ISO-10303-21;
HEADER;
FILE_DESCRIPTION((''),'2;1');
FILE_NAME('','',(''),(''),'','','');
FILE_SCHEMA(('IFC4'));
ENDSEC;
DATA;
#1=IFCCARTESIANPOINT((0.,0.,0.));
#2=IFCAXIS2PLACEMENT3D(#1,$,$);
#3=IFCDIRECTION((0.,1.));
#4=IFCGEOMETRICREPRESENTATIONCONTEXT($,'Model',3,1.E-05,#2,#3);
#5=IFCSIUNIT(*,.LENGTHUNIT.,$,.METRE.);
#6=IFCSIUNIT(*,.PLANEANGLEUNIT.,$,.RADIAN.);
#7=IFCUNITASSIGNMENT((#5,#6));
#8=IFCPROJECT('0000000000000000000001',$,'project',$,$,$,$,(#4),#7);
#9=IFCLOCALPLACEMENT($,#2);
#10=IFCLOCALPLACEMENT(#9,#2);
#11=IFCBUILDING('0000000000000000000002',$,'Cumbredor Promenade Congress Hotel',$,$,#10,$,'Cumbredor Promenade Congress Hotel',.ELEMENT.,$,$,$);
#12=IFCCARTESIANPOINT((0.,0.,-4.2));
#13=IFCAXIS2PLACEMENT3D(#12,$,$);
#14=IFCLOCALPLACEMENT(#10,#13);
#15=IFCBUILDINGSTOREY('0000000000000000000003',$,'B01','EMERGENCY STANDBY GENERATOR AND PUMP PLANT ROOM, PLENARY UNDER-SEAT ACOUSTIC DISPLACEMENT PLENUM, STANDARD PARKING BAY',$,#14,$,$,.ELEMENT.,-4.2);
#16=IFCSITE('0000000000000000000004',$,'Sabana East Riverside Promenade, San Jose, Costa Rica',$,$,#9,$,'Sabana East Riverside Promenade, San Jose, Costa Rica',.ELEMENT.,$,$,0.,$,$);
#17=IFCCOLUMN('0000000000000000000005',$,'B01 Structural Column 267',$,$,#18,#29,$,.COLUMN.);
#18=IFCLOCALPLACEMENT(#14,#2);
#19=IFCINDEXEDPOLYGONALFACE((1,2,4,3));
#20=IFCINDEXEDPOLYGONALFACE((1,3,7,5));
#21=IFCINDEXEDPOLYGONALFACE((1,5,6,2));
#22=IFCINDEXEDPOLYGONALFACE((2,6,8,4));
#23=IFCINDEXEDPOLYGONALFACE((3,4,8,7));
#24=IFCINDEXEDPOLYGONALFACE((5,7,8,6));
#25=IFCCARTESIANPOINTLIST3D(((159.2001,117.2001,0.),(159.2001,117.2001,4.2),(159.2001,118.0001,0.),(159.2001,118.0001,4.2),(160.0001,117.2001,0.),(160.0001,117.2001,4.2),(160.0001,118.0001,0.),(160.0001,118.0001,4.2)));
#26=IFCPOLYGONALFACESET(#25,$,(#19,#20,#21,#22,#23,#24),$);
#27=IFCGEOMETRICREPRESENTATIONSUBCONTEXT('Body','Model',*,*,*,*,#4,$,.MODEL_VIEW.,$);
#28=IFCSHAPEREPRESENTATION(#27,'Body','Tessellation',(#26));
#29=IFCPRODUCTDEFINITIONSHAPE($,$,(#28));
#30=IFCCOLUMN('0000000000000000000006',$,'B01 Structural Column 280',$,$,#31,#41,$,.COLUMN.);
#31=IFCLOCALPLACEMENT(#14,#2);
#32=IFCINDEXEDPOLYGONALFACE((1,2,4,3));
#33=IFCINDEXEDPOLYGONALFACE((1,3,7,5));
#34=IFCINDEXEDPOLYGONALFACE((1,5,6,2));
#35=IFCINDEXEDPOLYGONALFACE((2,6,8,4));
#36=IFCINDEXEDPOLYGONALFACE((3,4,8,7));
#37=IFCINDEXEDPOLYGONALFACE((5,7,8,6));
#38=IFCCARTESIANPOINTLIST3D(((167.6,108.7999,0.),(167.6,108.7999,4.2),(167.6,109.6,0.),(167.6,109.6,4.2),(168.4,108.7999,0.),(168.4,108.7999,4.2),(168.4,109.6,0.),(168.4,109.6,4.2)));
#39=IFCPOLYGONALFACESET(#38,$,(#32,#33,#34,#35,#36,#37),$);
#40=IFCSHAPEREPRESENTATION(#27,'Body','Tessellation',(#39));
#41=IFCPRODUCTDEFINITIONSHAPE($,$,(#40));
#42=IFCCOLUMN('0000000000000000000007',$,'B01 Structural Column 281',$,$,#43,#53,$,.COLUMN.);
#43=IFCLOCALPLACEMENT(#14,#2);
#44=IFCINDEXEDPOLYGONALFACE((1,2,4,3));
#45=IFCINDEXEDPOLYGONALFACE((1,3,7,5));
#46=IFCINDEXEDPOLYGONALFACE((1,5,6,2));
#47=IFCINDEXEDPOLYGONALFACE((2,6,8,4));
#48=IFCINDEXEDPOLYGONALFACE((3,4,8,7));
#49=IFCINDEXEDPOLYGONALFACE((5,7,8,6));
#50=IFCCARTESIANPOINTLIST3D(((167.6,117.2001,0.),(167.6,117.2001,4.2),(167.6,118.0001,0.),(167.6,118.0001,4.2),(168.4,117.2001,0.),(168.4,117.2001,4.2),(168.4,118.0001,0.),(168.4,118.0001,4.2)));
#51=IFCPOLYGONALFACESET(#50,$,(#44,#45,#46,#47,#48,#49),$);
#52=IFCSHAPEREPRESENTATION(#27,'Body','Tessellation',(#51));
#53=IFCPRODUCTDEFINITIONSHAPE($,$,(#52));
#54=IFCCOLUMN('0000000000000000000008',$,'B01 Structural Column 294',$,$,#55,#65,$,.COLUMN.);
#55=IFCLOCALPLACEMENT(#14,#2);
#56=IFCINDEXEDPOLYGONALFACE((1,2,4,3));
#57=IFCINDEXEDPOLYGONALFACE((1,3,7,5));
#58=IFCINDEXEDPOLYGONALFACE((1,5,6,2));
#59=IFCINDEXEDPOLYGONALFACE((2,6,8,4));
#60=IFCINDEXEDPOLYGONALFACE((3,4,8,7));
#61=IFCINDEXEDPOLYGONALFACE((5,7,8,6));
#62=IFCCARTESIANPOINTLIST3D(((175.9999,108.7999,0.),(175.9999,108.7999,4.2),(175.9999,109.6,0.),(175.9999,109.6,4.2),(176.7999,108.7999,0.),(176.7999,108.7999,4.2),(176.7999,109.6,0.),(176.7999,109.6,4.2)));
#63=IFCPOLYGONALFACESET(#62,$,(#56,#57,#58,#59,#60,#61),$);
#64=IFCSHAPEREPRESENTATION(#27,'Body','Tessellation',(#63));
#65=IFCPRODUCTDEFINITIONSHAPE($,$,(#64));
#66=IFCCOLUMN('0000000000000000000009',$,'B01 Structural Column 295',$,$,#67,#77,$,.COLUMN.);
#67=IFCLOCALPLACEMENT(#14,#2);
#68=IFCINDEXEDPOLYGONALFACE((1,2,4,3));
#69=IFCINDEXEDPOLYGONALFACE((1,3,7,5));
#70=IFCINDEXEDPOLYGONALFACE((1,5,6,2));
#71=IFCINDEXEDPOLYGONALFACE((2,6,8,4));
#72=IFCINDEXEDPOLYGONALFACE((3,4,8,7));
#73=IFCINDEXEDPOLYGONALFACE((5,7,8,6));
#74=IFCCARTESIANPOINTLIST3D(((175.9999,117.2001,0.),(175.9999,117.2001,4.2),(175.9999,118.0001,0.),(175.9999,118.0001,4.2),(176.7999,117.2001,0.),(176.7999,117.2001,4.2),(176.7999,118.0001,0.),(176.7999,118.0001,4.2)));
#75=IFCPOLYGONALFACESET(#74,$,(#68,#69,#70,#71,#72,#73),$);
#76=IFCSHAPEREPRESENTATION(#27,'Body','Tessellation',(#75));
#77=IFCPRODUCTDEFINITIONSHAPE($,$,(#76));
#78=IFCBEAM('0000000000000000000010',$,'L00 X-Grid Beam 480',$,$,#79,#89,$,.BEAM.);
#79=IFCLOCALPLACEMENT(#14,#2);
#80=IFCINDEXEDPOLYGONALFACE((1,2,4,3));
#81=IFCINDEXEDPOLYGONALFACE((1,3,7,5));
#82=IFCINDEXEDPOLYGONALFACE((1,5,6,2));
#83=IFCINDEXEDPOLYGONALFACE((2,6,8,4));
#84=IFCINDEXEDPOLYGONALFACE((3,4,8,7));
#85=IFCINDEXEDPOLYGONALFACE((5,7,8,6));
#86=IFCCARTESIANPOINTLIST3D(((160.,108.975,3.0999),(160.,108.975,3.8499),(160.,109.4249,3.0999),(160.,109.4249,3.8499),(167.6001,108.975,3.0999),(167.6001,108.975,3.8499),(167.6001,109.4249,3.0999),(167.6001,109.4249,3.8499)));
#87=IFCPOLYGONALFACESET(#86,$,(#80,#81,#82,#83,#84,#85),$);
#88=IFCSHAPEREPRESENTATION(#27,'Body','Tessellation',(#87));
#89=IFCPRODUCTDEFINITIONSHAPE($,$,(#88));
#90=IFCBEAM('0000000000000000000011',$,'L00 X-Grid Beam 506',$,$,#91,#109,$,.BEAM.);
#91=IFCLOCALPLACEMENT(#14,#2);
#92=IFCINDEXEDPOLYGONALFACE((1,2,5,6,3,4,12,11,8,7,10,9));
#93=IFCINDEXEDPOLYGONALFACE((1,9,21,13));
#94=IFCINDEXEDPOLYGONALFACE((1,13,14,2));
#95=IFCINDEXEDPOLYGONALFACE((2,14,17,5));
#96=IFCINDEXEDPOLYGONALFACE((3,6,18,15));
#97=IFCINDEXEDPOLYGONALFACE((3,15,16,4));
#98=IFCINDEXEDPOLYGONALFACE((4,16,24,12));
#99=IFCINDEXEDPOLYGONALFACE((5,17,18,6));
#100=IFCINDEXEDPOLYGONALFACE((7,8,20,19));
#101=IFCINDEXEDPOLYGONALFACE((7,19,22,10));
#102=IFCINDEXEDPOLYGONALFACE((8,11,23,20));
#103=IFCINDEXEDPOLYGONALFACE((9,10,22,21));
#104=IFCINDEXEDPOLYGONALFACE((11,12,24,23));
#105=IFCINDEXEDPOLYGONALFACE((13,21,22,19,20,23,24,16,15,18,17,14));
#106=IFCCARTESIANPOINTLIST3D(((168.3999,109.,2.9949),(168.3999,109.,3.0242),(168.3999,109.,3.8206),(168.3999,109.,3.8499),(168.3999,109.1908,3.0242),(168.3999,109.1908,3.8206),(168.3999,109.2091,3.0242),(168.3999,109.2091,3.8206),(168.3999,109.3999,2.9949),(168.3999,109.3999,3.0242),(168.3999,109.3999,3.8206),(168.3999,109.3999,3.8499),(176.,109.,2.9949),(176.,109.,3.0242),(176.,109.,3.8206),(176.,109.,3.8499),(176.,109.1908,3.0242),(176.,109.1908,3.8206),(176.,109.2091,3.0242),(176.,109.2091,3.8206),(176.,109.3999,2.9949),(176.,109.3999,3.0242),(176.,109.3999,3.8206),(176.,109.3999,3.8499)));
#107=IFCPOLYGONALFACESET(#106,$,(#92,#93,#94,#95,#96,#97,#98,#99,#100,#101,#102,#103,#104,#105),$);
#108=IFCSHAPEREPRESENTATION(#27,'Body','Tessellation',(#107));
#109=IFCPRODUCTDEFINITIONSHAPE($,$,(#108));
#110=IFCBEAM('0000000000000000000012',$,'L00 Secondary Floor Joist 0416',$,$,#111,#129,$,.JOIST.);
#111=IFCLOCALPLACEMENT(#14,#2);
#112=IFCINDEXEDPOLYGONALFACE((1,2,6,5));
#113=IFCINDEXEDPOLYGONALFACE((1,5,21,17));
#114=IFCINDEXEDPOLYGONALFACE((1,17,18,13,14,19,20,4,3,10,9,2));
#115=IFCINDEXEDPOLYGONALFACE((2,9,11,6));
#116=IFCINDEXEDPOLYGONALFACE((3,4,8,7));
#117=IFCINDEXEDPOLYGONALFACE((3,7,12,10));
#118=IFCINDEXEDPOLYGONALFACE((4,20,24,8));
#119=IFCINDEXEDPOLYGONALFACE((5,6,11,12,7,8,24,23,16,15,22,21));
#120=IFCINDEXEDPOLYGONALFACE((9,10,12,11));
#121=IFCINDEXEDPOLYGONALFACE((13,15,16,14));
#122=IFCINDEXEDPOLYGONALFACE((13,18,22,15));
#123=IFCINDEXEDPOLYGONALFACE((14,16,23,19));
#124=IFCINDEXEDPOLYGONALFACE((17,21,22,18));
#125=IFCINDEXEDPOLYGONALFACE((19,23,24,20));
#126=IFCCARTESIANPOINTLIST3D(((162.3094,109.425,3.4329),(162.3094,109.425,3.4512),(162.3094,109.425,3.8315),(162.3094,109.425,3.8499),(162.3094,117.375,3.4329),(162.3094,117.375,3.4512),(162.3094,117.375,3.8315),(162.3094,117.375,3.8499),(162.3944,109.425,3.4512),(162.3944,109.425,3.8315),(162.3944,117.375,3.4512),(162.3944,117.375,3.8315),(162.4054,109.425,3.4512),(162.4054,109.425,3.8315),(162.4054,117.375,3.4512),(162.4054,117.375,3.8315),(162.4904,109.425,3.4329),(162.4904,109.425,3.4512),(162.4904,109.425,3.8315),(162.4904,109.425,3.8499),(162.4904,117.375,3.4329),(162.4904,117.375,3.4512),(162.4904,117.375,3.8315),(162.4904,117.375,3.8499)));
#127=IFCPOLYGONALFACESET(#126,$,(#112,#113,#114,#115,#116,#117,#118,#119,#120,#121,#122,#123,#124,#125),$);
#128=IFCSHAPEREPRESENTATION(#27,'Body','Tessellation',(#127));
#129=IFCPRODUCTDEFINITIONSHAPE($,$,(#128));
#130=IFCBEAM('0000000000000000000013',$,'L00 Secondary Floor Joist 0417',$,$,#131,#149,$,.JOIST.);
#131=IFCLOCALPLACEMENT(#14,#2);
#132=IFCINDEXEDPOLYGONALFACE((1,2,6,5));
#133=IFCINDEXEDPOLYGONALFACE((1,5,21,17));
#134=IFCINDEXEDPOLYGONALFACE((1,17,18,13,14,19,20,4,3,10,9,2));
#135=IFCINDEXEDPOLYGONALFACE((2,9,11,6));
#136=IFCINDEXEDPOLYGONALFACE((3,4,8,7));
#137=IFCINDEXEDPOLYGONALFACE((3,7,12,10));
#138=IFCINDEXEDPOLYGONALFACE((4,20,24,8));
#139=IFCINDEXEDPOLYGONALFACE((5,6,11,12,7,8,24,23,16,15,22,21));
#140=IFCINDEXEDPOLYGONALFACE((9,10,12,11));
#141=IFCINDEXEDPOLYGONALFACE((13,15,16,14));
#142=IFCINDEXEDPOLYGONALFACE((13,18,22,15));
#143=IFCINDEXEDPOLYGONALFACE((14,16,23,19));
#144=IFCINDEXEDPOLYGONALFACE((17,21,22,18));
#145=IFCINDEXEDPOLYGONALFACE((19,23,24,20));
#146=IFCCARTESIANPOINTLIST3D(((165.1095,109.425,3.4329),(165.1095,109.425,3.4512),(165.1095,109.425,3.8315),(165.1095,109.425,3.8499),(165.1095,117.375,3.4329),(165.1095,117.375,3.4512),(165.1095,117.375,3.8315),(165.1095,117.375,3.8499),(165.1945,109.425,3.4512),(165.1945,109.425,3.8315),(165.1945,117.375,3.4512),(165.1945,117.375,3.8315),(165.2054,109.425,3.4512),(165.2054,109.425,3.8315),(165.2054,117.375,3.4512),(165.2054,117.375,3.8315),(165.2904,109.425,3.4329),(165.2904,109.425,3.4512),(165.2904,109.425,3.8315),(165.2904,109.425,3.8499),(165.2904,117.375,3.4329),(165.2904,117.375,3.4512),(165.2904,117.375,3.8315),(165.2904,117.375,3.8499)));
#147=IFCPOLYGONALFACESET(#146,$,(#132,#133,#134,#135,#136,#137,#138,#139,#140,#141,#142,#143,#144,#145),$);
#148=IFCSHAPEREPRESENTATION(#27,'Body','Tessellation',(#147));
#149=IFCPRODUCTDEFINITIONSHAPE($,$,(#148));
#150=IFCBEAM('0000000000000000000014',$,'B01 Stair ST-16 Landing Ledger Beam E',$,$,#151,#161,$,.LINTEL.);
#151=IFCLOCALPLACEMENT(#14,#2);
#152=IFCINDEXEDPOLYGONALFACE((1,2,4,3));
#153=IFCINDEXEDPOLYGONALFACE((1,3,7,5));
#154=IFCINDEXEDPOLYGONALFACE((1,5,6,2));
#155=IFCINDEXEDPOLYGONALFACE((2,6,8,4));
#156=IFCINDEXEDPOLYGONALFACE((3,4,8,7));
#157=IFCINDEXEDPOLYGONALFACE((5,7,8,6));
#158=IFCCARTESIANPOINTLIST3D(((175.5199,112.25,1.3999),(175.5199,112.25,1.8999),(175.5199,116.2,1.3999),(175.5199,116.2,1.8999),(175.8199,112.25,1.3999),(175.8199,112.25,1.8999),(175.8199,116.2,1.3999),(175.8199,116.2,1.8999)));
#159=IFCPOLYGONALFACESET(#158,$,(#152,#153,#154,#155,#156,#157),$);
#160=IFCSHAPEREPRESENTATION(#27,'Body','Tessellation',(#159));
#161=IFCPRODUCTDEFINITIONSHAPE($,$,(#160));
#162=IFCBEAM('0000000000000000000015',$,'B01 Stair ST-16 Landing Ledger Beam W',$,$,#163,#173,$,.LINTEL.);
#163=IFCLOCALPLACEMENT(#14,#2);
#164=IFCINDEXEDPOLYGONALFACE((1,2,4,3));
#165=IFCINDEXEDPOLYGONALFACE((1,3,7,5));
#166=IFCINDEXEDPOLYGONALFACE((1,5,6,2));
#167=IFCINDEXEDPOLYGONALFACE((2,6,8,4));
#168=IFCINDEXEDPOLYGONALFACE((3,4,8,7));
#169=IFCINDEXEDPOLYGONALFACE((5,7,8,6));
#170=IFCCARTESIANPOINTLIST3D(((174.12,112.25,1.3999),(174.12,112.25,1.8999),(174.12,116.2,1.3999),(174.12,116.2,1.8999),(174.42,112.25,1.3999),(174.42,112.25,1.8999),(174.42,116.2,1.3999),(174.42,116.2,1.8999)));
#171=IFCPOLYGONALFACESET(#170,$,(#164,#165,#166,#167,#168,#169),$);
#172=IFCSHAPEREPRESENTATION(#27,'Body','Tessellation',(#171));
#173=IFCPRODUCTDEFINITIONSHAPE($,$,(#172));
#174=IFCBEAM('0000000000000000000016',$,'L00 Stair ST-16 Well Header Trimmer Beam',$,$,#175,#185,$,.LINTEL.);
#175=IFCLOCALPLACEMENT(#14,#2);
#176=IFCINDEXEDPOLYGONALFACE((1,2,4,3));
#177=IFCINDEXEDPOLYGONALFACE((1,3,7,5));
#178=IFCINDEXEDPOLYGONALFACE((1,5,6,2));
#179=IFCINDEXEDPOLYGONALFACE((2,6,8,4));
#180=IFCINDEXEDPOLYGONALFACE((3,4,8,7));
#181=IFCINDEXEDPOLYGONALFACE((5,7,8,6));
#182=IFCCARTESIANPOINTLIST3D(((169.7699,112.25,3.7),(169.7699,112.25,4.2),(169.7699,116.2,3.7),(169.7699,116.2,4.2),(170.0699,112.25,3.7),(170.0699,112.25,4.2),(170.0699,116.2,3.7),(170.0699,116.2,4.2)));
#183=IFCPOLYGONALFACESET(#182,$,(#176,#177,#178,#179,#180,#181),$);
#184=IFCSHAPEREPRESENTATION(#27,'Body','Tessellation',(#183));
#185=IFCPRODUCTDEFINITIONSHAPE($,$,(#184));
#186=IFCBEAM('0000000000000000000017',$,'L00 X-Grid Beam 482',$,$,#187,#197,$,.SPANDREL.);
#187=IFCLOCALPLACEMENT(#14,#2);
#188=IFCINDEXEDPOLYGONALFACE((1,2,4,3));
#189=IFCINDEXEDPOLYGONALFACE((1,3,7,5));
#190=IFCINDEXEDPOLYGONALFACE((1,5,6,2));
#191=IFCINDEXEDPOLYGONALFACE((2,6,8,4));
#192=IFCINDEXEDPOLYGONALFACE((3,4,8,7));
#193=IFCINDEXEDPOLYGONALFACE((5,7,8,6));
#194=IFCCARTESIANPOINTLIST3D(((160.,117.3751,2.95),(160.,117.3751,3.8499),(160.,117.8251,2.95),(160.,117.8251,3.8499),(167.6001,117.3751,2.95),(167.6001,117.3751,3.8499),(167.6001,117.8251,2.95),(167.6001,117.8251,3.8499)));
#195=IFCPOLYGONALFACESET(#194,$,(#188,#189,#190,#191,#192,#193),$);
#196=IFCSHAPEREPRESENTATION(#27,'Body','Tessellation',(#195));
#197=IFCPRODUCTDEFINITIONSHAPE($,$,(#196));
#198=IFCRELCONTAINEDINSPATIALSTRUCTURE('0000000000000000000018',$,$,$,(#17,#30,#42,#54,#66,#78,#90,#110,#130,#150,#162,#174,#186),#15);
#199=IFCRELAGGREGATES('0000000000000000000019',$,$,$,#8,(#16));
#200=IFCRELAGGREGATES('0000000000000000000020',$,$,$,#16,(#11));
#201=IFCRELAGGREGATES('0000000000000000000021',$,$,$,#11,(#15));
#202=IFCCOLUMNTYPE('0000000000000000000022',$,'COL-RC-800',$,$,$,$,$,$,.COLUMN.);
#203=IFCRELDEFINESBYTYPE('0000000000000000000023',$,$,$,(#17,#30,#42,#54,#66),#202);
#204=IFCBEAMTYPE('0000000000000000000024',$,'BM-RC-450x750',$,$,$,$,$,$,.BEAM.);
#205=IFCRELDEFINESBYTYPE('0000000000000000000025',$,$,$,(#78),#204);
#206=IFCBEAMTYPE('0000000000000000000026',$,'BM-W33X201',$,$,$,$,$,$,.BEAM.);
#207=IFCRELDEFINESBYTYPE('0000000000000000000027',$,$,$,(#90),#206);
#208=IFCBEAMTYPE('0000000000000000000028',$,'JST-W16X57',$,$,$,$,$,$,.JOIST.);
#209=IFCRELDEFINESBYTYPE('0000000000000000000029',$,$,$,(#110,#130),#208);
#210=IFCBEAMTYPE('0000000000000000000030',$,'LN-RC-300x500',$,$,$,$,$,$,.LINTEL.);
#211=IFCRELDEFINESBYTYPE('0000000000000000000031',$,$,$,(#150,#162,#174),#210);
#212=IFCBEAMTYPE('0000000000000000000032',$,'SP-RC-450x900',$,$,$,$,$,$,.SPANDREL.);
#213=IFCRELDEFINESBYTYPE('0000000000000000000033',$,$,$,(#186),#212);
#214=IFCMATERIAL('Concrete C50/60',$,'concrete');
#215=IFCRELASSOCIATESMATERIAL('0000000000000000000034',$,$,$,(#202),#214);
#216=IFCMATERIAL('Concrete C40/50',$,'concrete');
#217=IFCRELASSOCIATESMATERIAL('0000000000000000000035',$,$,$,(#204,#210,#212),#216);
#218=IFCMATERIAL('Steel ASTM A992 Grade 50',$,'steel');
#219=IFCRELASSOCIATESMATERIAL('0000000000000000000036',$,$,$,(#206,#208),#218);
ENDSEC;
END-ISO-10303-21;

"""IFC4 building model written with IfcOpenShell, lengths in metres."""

from ifc_helpers import new_model, si_unit, direction, frame, origin, origin_2d, place, context, subcontext, project, spatial, rectangle, i_section, extrude, material, material_profile, profile_set, type_object, element, save


model = new_model("IFC4")

# Units and contexts
model_context = context("Model", 3, precision=1e-05, world=origin(), true_north=direction((0.0, 1.0)))
body_context = subcontext(model_context, "Body", "Model", "MODEL_VIEW")
ifc_project = project(units=[si_unit("LENGTHUNIT", "METRE"), si_unit("PLANEANGLEUNIT", "RADIAN")], contexts=[model_context])

# Site, building, storey
site_placement = place(None, origin())
site = spatial("IfcSite", under=ifc_project, at=site_placement, Name="Sabana East Riverside Promenade, San Jose, Costa Rica", LongName="Sabana East Riverside Promenade, San Jose, Costa Rica", CompositionType="ELEMENT", RefElevation=0.0)
building_placement = place(site_placement, origin())
building = spatial("IfcBuilding", under=site, at=building_placement, Name="Cumbredor Promenade Congress Hotel", LongName="Cumbredor Promenade Congress Hotel", CompositionType="ELEMENT")
storey_placement = place(building_placement, frame((0.0, 0.0, -4.2)))
storey = spatial("IfcBuildingStorey", under=building, at=storey_placement, Name="B01", Description="EMERGENCY STANDBY GENERATOR AND PUMP PLANT ROOM, PLENARY UNDER-SEAT ACOUSTIC DISPLACEMENT PLENUM, STANDARD PARKING BAY", CompositionType="ELEMENT", Elevation=-4.2)

# Columns
ifc_material_1 = material(Name="Concrete C50/60", Category="concrete")
ifc_material_profile_1 = material_profile(ifc_material_1, rectangle(XDim=0.8, YDim=0.8, at=origin_2d()), Name="RC 800x800")
ifc_profile_set_1 = profile_set([ifc_material_profile_1], Name="Concrete C50/60")
column_type = type_object("IfcColumnType", Name="COL-RC-800", PredefinedType="COLUMN", material=ifc_profile_set_1)
for number, where, z_axis, x_axis, name in (
    (1, (159.6001, 117.6001, 0.0), (0.0, 0.0, 1.0), (1.0, 0.0, 0.0), "B01 Structural Column 267"),
    (2, (168.0, 109.2, 0.0), (0.0, 0.0, 1.0), (1.0, 0.0, 0.0), "B01 Structural Column 280"),
    (3, (168.0, 117.6001, 0.0), (0.0, 0.0, 1.0), (1.0, 0.0, 0.0), "B01 Structural Column 281"),
    (4, (176.3999, 109.2, 0.0), (0.0, 0.0, 1.0), (1.0, 0.0, 0.0), "B01 Structural Column 294"),
    (5, (176.3999, 117.6001, 0.0), (0.0, 0.0, 1.0), (1.0, 0.0, 0.0), "B01 Structural Column 295"),
):
    element("IfcColumn", number, at=place(storey_placement, frame(where, z_axis=z_axis, x_axis=x_axis)), inside=storey, type_object=column_type, Name=name, PredefinedType="COLUMN", context=body_context, shape_type="SweptSolid", body=[
        extrude(rectangle(XDim=0.8, YDim=0.8, at=origin_2d()), origin(), (0.0, 0.0, 1.0), 4.2),
    ])

# Beams
ifc_material_2 = material(Name="Concrete C40/50", Category="concrete")
ifc_material_profile_2 = material_profile(ifc_material_2, rectangle(XDim=0.45, YDim=0.75, at=origin_2d()), Name="RC BEAM 450x750")
ifc_profile_set_2 = profile_set([ifc_material_profile_2], Name="Concrete C40/50")
beam_type_1 = type_object("IfcBeamType", Name="BM-RC-450x750", PredefinedType="BEAM", material=ifc_profile_set_2)
beam_1_placement = place(storey_placement, frame((160.0, 109.2, 3.4749), z_axis=(1.0, 0.0, 0.0), x_axis=(0.0, 1.0, 0.0)))
element("IfcBeam", 6, at=beam_1_placement, inside=storey, type_object=beam_type_1, Name="L00 X-Grid Beam 480", PredefinedType="BEAM", context=body_context, shape_type="SweptSolid", body=[
    extrude(rectangle(XDim=0.45, YDim=0.75, at=origin_2d()), origin(), (0.0, 0.0, 1.0), 7.6001),
])
ifc_material_3 = material(Name="Steel ASTM A992 Grade 50", Category="steel")
ifc_material_profile_3 = material_profile(ifc_material_3, i_section(OverallWidth=0.3999, OverallDepth=0.855, WebThickness=0.0183, FlangeThickness=0.0293, at=origin_2d()), Name="W33X201")
ifc_profile_set_3 = profile_set([ifc_material_profile_3], Name="Steel ASTM A992 Grade 50")
beam_type_2 = type_object("IfcBeamType", Name="BM-W33X201", PredefinedType="BEAM", material=ifc_profile_set_3)
beam_2_placement = place(storey_placement, frame((168.3999, 109.2, 3.4224), z_axis=(1.0, 0.0, 0.0), x_axis=(0.0, 1.0, 0.0)))
element("IfcBeam", 7, at=beam_2_placement, inside=storey, type_object=beam_type_2, Name="L00 X-Grid Beam 506", PredefinedType="BEAM", context=body_context, shape_type="SweptSolid", body=[
    extrude(i_section(OverallWidth=0.3999, OverallDepth=0.855, WebThickness=0.0183, FlangeThickness=0.0293, at=origin_2d()), origin(), (0.0, 0.0, 1.0), 7.6001),
])
ifc_material_profile_4 = material_profile(ifc_material_3, i_section(OverallWidth=0.1809, OverallDepth=0.417, WebThickness=0.011, FlangeThickness=0.0183, at=origin_2d()), Name="W16X57")
ifc_profile_set_4 = profile_set([ifc_material_profile_4], Name="Steel ASTM A992 Grade 50")
beam_type_3 = type_object("IfcBeamType", Name="JST-W16X57", PredefinedType="JOIST", material=ifc_profile_set_4)
for number, where, z_axis, x_axis, name in (
    (8, (162.3999, 109.425, 3.6414), (0.0, 1.0, 0.0), (-1.0, 0.0, 0.0), "L00 Secondary Floor Joist 0416"),
    (9, (165.2, 109.425, 3.6414), (0.0, 1.0, 0.0), (-1.0, 0.0, 0.0), "L00 Secondary Floor Joist 0417"),
):
    element("IfcBeam", number, at=place(storey_placement, frame(where, z_axis=z_axis, x_axis=x_axis)), inside=storey, type_object=beam_type_3, Name=name, PredefinedType="JOIST", context=body_context, shape_type="SweptSolid", body=[
        extrude(i_section(OverallWidth=0.1809, OverallDepth=0.417, WebThickness=0.011, FlangeThickness=0.0183, at=origin_2d()), origin(), (0.0, 0.0, 1.0), 7.95),
    ])
ifc_material_profile_5 = material_profile(ifc_material_2, rectangle(XDim=0.3, YDim=0.5, at=origin_2d()), Name="RC LINTEL 300x500")
ifc_profile_set_5 = profile_set([ifc_material_profile_5], Name="Concrete C40/50")
beam_type_4 = type_object("IfcBeamType", Name="LN-RC-300x500", PredefinedType="LINTEL", material=ifc_profile_set_5)
for number, where, z_axis, x_axis, name in (
    (10, (175.6699, 112.25, 1.6499), (0.0, 1.0, 0.0), (-1.0, 0.0, 0.0), "B01 Stair ST-16 Landing Ledger Beam E"),
    (11, (174.27, 112.25, 1.6499), (0.0, 1.0, 0.0), (-1.0, 0.0, 0.0), "B01 Stair ST-16 Landing Ledger Beam W"),
    (12, (169.9199, 112.25, 3.95), (0.0, 1.0, 0.0), (-1.0, 0.0, 0.0), "L00 Stair ST-16 Well Header Trimmer Beam"),
):
    element("IfcBeam", number, at=place(storey_placement, frame(where, z_axis=z_axis, x_axis=x_axis)), inside=storey, type_object=beam_type_4, Name=name, PredefinedType="LINTEL", context=body_context, shape_type="SweptSolid", body=[
        extrude(rectangle(XDim=0.3, YDim=0.5, at=origin_2d()), origin(), (0.0, 0.0, 1.0), 3.95),
    ])
ifc_material_profile_6 = material_profile(ifc_material_2, rectangle(XDim=0.45, YDim=0.8999, at=origin_2d()), Name="RC SPANDREL 450x900")
ifc_profile_set_6 = profile_set([ifc_material_profile_6], Name="Concrete C40/50")
beam_type_5 = type_object("IfcBeamType", Name="SP-RC-450x900", PredefinedType="SPANDREL", material=ifc_profile_set_6)
for number, where, z_axis, x_axis, name in (
    (13, (160.0, 117.6001, 3.3999), (1.0, 0.0, 0.0), (0.0, 1.0, 0.0), "L00 X-Grid Beam 482"),
):
    element("IfcBeam", number, at=place(storey_placement, frame(where, z_axis=z_axis, x_axis=x_axis)), inside=storey, type_object=beam_type_5, Name=name, PredefinedType="SPANDREL", context=body_context, shape_type="SweptSolid", body=[
        extrude(rectangle(XDim=0.45, YDim=0.8999, at=origin_2d()), origin(), (0.0, 0.0, 1.0), 7.6001),
    ])

save(model, "model.ifc")
